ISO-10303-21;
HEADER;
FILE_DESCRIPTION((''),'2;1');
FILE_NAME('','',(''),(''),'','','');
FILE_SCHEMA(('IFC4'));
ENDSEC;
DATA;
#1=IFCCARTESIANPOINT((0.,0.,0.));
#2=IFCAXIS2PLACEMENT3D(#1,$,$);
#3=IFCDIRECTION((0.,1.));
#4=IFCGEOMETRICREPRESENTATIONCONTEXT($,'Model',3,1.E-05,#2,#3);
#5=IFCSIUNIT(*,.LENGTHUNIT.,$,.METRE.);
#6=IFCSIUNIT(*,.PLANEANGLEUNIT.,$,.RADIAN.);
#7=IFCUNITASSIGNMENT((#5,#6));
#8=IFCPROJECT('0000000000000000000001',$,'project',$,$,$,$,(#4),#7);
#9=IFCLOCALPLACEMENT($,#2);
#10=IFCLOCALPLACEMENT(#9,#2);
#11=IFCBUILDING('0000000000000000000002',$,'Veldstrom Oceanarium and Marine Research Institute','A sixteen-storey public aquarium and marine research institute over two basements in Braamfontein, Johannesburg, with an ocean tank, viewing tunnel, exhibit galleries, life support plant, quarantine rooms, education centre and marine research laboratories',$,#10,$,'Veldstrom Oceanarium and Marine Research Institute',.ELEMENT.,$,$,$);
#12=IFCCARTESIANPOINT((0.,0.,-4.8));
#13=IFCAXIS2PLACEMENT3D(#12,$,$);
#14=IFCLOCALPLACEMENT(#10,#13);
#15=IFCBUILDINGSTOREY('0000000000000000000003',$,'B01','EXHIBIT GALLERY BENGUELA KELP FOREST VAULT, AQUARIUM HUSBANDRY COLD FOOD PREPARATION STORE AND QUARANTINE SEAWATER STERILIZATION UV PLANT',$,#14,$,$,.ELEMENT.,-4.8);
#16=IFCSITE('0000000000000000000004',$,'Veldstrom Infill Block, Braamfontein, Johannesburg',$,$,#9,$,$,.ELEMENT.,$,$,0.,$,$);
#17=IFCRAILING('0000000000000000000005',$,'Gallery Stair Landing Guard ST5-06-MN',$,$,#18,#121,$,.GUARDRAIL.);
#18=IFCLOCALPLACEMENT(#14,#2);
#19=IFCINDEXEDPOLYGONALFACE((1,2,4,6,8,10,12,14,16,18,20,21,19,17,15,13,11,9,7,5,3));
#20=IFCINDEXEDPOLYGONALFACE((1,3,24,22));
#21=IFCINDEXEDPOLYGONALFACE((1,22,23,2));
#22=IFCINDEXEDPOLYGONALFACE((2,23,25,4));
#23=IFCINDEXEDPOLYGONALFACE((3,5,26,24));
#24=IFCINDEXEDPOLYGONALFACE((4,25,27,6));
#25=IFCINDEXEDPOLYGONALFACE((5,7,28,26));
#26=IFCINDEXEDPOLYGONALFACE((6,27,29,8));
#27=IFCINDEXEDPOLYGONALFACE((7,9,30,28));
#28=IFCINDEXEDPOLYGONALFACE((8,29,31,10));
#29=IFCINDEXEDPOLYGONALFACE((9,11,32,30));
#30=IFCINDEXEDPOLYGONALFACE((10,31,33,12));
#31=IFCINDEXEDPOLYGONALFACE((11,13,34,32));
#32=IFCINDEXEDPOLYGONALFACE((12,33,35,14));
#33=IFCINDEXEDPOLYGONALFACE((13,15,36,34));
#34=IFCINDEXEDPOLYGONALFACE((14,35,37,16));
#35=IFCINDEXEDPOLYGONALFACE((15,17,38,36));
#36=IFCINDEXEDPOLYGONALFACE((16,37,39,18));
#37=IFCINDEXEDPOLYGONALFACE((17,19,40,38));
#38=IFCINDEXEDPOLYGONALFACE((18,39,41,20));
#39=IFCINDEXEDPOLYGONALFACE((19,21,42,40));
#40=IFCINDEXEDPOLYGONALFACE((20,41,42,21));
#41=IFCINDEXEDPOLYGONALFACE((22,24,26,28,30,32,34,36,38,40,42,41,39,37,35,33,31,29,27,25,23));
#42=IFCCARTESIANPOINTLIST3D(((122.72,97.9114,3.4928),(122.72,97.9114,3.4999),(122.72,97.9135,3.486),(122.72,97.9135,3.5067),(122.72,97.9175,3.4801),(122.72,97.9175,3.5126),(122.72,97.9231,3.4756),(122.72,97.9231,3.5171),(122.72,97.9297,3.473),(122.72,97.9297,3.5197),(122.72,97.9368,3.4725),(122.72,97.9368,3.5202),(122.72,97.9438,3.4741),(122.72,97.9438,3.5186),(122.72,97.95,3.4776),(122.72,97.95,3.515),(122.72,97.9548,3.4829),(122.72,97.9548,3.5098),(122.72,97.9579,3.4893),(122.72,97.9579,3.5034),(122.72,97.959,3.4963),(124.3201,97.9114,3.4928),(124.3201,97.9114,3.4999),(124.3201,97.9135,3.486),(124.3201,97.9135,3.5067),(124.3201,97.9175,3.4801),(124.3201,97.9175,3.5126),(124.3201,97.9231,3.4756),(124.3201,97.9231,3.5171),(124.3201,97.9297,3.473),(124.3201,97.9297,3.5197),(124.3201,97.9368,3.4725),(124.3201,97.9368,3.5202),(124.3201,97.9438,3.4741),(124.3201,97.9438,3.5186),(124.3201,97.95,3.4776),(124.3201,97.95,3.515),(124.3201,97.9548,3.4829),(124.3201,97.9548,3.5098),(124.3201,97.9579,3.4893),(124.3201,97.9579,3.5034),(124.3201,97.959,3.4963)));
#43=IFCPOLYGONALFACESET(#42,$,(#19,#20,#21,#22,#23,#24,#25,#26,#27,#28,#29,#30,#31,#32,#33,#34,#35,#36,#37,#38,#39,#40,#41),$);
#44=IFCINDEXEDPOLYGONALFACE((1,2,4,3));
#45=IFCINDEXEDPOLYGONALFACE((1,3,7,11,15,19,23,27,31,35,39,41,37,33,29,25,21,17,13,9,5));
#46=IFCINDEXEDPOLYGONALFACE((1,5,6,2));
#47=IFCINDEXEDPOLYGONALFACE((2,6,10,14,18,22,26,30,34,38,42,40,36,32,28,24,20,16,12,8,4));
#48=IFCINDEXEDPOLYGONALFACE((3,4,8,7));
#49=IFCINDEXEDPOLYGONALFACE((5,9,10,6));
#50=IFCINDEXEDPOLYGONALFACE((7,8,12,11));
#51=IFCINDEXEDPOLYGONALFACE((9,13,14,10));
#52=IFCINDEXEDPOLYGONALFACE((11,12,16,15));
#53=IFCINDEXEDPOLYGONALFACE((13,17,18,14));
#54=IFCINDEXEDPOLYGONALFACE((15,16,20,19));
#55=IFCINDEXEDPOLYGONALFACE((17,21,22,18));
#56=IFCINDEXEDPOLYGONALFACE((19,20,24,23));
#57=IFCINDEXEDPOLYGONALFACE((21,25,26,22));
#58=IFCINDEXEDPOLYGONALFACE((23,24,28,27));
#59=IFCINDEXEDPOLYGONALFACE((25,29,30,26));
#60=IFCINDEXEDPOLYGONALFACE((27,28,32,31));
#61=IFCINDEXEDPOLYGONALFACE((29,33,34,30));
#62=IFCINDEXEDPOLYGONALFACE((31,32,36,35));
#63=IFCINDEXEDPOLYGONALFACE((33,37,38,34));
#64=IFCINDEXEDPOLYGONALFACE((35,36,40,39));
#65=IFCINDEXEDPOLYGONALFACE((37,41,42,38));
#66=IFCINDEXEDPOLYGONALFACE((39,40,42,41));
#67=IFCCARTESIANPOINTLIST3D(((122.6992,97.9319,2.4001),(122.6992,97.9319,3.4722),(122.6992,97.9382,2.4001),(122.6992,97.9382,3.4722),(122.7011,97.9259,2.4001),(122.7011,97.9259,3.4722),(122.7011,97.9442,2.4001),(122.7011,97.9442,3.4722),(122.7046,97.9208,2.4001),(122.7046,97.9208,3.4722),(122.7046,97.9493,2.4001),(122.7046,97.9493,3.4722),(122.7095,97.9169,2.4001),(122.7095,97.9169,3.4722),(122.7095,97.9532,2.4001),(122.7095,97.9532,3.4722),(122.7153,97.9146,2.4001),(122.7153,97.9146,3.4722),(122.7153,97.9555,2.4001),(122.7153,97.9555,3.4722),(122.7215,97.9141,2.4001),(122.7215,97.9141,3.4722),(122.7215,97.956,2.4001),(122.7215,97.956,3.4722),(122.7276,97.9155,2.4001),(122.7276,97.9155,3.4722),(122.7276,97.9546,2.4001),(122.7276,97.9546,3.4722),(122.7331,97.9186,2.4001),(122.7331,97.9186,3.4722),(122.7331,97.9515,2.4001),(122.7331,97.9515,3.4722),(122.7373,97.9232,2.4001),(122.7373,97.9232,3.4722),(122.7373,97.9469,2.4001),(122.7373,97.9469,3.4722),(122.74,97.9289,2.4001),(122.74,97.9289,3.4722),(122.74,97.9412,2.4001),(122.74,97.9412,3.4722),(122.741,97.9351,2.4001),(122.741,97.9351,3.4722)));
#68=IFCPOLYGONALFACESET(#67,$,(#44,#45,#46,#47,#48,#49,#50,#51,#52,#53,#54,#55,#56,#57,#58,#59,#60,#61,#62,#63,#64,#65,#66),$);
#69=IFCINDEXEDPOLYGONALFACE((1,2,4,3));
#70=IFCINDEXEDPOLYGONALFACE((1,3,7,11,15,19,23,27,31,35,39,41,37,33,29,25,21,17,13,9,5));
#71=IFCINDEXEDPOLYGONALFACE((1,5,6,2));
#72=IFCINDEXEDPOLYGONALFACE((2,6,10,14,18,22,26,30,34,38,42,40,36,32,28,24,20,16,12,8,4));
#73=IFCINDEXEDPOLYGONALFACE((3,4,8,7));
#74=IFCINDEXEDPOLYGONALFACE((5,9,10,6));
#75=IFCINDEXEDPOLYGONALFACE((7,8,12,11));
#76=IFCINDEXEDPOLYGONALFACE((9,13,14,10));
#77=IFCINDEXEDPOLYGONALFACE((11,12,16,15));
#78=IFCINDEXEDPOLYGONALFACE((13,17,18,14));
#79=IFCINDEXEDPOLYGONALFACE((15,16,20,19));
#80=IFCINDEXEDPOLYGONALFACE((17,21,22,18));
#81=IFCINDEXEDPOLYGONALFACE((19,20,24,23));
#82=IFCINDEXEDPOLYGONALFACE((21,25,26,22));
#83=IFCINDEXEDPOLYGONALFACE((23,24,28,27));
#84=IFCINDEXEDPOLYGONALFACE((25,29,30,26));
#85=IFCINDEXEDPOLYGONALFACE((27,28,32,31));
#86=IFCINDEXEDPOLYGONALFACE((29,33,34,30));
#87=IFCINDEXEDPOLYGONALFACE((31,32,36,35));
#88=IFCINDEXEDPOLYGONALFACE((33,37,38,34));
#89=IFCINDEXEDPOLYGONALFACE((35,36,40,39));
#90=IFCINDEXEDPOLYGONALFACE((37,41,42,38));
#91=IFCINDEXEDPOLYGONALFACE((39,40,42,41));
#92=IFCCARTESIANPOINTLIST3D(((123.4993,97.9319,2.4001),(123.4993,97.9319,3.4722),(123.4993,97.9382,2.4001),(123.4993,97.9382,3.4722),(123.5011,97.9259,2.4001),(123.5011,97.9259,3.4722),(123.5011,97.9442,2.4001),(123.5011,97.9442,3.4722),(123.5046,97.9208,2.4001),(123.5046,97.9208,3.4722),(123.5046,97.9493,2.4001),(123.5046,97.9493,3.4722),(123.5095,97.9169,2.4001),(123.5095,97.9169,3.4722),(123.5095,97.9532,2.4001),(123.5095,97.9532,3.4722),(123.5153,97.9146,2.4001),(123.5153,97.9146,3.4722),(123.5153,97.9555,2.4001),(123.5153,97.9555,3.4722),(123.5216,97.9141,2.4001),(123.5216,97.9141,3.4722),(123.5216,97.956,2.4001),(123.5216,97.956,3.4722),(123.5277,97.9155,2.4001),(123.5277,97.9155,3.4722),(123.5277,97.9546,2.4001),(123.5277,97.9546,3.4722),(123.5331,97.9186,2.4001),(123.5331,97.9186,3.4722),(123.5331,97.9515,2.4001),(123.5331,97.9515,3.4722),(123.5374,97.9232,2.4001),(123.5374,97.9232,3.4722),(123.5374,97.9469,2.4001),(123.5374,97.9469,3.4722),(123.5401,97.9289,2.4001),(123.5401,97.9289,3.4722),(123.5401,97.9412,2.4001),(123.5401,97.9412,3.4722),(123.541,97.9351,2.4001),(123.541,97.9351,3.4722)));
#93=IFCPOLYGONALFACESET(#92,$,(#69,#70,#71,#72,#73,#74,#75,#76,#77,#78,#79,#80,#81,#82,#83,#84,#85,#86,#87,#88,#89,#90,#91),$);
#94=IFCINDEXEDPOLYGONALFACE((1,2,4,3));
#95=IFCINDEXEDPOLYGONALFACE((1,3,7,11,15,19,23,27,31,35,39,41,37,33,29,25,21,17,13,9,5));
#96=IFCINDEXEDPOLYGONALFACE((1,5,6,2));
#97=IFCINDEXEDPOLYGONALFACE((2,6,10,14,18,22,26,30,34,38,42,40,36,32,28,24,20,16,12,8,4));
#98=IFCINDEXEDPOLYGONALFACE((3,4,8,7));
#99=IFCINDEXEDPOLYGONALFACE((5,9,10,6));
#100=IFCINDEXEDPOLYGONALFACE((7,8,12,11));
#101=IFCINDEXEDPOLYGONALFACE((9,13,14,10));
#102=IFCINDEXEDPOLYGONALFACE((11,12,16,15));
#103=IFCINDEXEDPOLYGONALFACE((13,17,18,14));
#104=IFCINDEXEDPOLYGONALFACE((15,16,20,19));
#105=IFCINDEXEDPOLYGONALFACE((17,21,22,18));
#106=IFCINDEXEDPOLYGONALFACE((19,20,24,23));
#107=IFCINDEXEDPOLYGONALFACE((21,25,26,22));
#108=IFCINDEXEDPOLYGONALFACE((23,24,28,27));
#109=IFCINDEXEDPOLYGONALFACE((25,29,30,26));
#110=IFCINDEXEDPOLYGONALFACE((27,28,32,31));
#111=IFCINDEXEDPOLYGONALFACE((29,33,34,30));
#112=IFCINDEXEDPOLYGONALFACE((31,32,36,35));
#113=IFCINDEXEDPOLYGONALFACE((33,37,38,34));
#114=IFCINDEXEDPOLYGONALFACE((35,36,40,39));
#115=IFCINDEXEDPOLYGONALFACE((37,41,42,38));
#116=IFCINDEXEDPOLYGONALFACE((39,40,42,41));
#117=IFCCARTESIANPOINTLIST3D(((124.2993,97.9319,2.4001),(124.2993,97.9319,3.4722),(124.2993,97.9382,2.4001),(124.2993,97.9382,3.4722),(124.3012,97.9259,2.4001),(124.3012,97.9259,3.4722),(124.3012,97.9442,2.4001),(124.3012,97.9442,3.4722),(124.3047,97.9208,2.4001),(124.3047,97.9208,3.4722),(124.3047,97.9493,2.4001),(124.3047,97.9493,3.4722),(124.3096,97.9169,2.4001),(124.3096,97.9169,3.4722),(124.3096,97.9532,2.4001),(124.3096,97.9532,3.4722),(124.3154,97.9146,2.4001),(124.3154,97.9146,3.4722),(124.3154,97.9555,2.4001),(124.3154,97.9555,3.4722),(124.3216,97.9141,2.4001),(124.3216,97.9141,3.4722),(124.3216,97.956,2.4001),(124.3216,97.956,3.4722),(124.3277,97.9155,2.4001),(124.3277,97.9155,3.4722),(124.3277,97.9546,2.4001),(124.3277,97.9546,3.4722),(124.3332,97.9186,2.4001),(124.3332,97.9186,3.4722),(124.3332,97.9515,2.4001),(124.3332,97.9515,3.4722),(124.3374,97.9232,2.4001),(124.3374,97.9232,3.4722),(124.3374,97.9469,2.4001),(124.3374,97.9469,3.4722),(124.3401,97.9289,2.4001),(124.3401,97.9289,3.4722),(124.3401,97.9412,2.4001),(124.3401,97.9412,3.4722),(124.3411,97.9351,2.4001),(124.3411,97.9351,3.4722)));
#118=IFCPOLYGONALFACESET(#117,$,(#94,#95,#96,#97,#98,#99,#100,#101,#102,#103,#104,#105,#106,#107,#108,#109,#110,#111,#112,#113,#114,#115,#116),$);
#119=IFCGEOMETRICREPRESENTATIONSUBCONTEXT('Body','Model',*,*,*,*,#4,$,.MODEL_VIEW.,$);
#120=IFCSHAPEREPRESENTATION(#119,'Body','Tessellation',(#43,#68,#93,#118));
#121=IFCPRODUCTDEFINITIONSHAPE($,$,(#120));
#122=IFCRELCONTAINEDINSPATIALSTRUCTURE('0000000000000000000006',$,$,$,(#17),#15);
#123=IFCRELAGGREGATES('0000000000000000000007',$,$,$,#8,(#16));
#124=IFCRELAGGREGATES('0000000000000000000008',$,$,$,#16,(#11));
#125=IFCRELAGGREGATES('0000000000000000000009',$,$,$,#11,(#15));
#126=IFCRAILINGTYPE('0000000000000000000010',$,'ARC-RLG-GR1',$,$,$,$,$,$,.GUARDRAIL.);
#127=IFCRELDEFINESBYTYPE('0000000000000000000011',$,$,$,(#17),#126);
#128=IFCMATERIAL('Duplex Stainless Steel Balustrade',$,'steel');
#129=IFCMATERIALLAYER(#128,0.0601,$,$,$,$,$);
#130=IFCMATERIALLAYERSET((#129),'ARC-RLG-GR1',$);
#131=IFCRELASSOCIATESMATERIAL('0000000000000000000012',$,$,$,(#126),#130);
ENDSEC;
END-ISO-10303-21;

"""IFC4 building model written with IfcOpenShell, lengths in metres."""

from ifc_helpers import new_model, si_unit, direction, frame, origin, origin_2d, place, context, subcontext, project, spatial, circle, extrude, material, layer, layer_set, type_object, element, save


model = new_model("IFC4")

# Units and contexts
model_context = context("Model", 3, precision=1e-05, world=origin(), true_north=direction((0.0, 1.0)))
body_context = subcontext(model_context, "Body", "Model", "MODEL_VIEW")
ifc_project = project(units=[si_unit("LENGTHUNIT", "METRE"), si_unit("PLANEANGLEUNIT", "RADIAN")], contexts=[model_context])

# Site, building, storey
site_placement = place(None, origin())
site = spatial("IfcSite", under=ifc_project, at=site_placement, Name="Veldstrom Infill Block, Braamfontein, Johannesburg", CompositionType="ELEMENT", RefElevation=0.0)
building_placement = place(site_placement, origin())
building = spatial("IfcBuilding", under=site, at=building_placement, Name="Veldstrom Oceanarium and Marine Research Institute", Description="A sixteen-storey public aquarium and marine research institute over two basements in Braamfontein, Johannesburg, with an ocean tank, viewing tunnel, exhibit galleries, life support plant, quarantine rooms, education centre and marine research laboratories", LongName="Veldstrom Oceanarium and Marine Research Institute", CompositionType="ELEMENT")
storey_placement = place(building_placement, frame((0.0, 0.0, -4.8)))
storey = spatial("IfcBuildingStorey", under=building, at=storey_placement, Name="B01", Description="EXHIBIT GALLERY BENGUELA KELP FOREST VAULT, AQUARIUM HUSBANDRY COLD FOOD PREPARATION STORE AND QUARANTINE SEAWATER STERILIZATION UV PLANT", CompositionType="ELEMENT", Elevation=-4.8)

# Railing
ifc_material_1 = material(Name="Duplex Stainless Steel Balustrade", Category="steel")
ifc_layer_1 = layer(ifc_material_1, 0.0601)
ifc_layer_set_1 = layer_set([ifc_layer_1], Name="ARC-RLG-GR1")
railing_type = type_object("IfcRailingType", Name="ARC-RLG-GR1", PredefinedType="GUARDRAIL", material=ifc_layer_set_1)
railing_1_placement = place(storey_placement, frame((122.72, 97.9351, 2.4001)))
element("IfcRailing", 1, at=railing_1_placement, inside=storey, type_object=railing_type, Name="Gallery Stair Landing Guard ST5-06-MN", PredefinedType="GUARDRAIL", context=body_context, shape_type="SweptSolid", body=[
    extrude(circle(Radius=0.0239, at=origin_2d()), frame((0.0, 0.0, 1.0962), z_axis=(1.0, 0.0, 0.0), x_axis=(0.0, 1.0, 0.0)), (0.0, 0.0, 1.0), 1.6001),
    extrude(circle(Radius=0.021, at=origin_2d()), origin(), (0.0, 0.0, 1.0), 1.072),
    extrude(circle(Radius=0.021, at=origin_2d()), frame((0.8, 0.0, 0.0)), (0.0, 0.0, 1.0), 1.072),
    extrude(circle(Radius=0.021, at=origin_2d()), frame((1.6001, 0.0, 0.0)), (0.0, 0.0, 1.0), 1.072),
])

save(model, "model.ifc")
